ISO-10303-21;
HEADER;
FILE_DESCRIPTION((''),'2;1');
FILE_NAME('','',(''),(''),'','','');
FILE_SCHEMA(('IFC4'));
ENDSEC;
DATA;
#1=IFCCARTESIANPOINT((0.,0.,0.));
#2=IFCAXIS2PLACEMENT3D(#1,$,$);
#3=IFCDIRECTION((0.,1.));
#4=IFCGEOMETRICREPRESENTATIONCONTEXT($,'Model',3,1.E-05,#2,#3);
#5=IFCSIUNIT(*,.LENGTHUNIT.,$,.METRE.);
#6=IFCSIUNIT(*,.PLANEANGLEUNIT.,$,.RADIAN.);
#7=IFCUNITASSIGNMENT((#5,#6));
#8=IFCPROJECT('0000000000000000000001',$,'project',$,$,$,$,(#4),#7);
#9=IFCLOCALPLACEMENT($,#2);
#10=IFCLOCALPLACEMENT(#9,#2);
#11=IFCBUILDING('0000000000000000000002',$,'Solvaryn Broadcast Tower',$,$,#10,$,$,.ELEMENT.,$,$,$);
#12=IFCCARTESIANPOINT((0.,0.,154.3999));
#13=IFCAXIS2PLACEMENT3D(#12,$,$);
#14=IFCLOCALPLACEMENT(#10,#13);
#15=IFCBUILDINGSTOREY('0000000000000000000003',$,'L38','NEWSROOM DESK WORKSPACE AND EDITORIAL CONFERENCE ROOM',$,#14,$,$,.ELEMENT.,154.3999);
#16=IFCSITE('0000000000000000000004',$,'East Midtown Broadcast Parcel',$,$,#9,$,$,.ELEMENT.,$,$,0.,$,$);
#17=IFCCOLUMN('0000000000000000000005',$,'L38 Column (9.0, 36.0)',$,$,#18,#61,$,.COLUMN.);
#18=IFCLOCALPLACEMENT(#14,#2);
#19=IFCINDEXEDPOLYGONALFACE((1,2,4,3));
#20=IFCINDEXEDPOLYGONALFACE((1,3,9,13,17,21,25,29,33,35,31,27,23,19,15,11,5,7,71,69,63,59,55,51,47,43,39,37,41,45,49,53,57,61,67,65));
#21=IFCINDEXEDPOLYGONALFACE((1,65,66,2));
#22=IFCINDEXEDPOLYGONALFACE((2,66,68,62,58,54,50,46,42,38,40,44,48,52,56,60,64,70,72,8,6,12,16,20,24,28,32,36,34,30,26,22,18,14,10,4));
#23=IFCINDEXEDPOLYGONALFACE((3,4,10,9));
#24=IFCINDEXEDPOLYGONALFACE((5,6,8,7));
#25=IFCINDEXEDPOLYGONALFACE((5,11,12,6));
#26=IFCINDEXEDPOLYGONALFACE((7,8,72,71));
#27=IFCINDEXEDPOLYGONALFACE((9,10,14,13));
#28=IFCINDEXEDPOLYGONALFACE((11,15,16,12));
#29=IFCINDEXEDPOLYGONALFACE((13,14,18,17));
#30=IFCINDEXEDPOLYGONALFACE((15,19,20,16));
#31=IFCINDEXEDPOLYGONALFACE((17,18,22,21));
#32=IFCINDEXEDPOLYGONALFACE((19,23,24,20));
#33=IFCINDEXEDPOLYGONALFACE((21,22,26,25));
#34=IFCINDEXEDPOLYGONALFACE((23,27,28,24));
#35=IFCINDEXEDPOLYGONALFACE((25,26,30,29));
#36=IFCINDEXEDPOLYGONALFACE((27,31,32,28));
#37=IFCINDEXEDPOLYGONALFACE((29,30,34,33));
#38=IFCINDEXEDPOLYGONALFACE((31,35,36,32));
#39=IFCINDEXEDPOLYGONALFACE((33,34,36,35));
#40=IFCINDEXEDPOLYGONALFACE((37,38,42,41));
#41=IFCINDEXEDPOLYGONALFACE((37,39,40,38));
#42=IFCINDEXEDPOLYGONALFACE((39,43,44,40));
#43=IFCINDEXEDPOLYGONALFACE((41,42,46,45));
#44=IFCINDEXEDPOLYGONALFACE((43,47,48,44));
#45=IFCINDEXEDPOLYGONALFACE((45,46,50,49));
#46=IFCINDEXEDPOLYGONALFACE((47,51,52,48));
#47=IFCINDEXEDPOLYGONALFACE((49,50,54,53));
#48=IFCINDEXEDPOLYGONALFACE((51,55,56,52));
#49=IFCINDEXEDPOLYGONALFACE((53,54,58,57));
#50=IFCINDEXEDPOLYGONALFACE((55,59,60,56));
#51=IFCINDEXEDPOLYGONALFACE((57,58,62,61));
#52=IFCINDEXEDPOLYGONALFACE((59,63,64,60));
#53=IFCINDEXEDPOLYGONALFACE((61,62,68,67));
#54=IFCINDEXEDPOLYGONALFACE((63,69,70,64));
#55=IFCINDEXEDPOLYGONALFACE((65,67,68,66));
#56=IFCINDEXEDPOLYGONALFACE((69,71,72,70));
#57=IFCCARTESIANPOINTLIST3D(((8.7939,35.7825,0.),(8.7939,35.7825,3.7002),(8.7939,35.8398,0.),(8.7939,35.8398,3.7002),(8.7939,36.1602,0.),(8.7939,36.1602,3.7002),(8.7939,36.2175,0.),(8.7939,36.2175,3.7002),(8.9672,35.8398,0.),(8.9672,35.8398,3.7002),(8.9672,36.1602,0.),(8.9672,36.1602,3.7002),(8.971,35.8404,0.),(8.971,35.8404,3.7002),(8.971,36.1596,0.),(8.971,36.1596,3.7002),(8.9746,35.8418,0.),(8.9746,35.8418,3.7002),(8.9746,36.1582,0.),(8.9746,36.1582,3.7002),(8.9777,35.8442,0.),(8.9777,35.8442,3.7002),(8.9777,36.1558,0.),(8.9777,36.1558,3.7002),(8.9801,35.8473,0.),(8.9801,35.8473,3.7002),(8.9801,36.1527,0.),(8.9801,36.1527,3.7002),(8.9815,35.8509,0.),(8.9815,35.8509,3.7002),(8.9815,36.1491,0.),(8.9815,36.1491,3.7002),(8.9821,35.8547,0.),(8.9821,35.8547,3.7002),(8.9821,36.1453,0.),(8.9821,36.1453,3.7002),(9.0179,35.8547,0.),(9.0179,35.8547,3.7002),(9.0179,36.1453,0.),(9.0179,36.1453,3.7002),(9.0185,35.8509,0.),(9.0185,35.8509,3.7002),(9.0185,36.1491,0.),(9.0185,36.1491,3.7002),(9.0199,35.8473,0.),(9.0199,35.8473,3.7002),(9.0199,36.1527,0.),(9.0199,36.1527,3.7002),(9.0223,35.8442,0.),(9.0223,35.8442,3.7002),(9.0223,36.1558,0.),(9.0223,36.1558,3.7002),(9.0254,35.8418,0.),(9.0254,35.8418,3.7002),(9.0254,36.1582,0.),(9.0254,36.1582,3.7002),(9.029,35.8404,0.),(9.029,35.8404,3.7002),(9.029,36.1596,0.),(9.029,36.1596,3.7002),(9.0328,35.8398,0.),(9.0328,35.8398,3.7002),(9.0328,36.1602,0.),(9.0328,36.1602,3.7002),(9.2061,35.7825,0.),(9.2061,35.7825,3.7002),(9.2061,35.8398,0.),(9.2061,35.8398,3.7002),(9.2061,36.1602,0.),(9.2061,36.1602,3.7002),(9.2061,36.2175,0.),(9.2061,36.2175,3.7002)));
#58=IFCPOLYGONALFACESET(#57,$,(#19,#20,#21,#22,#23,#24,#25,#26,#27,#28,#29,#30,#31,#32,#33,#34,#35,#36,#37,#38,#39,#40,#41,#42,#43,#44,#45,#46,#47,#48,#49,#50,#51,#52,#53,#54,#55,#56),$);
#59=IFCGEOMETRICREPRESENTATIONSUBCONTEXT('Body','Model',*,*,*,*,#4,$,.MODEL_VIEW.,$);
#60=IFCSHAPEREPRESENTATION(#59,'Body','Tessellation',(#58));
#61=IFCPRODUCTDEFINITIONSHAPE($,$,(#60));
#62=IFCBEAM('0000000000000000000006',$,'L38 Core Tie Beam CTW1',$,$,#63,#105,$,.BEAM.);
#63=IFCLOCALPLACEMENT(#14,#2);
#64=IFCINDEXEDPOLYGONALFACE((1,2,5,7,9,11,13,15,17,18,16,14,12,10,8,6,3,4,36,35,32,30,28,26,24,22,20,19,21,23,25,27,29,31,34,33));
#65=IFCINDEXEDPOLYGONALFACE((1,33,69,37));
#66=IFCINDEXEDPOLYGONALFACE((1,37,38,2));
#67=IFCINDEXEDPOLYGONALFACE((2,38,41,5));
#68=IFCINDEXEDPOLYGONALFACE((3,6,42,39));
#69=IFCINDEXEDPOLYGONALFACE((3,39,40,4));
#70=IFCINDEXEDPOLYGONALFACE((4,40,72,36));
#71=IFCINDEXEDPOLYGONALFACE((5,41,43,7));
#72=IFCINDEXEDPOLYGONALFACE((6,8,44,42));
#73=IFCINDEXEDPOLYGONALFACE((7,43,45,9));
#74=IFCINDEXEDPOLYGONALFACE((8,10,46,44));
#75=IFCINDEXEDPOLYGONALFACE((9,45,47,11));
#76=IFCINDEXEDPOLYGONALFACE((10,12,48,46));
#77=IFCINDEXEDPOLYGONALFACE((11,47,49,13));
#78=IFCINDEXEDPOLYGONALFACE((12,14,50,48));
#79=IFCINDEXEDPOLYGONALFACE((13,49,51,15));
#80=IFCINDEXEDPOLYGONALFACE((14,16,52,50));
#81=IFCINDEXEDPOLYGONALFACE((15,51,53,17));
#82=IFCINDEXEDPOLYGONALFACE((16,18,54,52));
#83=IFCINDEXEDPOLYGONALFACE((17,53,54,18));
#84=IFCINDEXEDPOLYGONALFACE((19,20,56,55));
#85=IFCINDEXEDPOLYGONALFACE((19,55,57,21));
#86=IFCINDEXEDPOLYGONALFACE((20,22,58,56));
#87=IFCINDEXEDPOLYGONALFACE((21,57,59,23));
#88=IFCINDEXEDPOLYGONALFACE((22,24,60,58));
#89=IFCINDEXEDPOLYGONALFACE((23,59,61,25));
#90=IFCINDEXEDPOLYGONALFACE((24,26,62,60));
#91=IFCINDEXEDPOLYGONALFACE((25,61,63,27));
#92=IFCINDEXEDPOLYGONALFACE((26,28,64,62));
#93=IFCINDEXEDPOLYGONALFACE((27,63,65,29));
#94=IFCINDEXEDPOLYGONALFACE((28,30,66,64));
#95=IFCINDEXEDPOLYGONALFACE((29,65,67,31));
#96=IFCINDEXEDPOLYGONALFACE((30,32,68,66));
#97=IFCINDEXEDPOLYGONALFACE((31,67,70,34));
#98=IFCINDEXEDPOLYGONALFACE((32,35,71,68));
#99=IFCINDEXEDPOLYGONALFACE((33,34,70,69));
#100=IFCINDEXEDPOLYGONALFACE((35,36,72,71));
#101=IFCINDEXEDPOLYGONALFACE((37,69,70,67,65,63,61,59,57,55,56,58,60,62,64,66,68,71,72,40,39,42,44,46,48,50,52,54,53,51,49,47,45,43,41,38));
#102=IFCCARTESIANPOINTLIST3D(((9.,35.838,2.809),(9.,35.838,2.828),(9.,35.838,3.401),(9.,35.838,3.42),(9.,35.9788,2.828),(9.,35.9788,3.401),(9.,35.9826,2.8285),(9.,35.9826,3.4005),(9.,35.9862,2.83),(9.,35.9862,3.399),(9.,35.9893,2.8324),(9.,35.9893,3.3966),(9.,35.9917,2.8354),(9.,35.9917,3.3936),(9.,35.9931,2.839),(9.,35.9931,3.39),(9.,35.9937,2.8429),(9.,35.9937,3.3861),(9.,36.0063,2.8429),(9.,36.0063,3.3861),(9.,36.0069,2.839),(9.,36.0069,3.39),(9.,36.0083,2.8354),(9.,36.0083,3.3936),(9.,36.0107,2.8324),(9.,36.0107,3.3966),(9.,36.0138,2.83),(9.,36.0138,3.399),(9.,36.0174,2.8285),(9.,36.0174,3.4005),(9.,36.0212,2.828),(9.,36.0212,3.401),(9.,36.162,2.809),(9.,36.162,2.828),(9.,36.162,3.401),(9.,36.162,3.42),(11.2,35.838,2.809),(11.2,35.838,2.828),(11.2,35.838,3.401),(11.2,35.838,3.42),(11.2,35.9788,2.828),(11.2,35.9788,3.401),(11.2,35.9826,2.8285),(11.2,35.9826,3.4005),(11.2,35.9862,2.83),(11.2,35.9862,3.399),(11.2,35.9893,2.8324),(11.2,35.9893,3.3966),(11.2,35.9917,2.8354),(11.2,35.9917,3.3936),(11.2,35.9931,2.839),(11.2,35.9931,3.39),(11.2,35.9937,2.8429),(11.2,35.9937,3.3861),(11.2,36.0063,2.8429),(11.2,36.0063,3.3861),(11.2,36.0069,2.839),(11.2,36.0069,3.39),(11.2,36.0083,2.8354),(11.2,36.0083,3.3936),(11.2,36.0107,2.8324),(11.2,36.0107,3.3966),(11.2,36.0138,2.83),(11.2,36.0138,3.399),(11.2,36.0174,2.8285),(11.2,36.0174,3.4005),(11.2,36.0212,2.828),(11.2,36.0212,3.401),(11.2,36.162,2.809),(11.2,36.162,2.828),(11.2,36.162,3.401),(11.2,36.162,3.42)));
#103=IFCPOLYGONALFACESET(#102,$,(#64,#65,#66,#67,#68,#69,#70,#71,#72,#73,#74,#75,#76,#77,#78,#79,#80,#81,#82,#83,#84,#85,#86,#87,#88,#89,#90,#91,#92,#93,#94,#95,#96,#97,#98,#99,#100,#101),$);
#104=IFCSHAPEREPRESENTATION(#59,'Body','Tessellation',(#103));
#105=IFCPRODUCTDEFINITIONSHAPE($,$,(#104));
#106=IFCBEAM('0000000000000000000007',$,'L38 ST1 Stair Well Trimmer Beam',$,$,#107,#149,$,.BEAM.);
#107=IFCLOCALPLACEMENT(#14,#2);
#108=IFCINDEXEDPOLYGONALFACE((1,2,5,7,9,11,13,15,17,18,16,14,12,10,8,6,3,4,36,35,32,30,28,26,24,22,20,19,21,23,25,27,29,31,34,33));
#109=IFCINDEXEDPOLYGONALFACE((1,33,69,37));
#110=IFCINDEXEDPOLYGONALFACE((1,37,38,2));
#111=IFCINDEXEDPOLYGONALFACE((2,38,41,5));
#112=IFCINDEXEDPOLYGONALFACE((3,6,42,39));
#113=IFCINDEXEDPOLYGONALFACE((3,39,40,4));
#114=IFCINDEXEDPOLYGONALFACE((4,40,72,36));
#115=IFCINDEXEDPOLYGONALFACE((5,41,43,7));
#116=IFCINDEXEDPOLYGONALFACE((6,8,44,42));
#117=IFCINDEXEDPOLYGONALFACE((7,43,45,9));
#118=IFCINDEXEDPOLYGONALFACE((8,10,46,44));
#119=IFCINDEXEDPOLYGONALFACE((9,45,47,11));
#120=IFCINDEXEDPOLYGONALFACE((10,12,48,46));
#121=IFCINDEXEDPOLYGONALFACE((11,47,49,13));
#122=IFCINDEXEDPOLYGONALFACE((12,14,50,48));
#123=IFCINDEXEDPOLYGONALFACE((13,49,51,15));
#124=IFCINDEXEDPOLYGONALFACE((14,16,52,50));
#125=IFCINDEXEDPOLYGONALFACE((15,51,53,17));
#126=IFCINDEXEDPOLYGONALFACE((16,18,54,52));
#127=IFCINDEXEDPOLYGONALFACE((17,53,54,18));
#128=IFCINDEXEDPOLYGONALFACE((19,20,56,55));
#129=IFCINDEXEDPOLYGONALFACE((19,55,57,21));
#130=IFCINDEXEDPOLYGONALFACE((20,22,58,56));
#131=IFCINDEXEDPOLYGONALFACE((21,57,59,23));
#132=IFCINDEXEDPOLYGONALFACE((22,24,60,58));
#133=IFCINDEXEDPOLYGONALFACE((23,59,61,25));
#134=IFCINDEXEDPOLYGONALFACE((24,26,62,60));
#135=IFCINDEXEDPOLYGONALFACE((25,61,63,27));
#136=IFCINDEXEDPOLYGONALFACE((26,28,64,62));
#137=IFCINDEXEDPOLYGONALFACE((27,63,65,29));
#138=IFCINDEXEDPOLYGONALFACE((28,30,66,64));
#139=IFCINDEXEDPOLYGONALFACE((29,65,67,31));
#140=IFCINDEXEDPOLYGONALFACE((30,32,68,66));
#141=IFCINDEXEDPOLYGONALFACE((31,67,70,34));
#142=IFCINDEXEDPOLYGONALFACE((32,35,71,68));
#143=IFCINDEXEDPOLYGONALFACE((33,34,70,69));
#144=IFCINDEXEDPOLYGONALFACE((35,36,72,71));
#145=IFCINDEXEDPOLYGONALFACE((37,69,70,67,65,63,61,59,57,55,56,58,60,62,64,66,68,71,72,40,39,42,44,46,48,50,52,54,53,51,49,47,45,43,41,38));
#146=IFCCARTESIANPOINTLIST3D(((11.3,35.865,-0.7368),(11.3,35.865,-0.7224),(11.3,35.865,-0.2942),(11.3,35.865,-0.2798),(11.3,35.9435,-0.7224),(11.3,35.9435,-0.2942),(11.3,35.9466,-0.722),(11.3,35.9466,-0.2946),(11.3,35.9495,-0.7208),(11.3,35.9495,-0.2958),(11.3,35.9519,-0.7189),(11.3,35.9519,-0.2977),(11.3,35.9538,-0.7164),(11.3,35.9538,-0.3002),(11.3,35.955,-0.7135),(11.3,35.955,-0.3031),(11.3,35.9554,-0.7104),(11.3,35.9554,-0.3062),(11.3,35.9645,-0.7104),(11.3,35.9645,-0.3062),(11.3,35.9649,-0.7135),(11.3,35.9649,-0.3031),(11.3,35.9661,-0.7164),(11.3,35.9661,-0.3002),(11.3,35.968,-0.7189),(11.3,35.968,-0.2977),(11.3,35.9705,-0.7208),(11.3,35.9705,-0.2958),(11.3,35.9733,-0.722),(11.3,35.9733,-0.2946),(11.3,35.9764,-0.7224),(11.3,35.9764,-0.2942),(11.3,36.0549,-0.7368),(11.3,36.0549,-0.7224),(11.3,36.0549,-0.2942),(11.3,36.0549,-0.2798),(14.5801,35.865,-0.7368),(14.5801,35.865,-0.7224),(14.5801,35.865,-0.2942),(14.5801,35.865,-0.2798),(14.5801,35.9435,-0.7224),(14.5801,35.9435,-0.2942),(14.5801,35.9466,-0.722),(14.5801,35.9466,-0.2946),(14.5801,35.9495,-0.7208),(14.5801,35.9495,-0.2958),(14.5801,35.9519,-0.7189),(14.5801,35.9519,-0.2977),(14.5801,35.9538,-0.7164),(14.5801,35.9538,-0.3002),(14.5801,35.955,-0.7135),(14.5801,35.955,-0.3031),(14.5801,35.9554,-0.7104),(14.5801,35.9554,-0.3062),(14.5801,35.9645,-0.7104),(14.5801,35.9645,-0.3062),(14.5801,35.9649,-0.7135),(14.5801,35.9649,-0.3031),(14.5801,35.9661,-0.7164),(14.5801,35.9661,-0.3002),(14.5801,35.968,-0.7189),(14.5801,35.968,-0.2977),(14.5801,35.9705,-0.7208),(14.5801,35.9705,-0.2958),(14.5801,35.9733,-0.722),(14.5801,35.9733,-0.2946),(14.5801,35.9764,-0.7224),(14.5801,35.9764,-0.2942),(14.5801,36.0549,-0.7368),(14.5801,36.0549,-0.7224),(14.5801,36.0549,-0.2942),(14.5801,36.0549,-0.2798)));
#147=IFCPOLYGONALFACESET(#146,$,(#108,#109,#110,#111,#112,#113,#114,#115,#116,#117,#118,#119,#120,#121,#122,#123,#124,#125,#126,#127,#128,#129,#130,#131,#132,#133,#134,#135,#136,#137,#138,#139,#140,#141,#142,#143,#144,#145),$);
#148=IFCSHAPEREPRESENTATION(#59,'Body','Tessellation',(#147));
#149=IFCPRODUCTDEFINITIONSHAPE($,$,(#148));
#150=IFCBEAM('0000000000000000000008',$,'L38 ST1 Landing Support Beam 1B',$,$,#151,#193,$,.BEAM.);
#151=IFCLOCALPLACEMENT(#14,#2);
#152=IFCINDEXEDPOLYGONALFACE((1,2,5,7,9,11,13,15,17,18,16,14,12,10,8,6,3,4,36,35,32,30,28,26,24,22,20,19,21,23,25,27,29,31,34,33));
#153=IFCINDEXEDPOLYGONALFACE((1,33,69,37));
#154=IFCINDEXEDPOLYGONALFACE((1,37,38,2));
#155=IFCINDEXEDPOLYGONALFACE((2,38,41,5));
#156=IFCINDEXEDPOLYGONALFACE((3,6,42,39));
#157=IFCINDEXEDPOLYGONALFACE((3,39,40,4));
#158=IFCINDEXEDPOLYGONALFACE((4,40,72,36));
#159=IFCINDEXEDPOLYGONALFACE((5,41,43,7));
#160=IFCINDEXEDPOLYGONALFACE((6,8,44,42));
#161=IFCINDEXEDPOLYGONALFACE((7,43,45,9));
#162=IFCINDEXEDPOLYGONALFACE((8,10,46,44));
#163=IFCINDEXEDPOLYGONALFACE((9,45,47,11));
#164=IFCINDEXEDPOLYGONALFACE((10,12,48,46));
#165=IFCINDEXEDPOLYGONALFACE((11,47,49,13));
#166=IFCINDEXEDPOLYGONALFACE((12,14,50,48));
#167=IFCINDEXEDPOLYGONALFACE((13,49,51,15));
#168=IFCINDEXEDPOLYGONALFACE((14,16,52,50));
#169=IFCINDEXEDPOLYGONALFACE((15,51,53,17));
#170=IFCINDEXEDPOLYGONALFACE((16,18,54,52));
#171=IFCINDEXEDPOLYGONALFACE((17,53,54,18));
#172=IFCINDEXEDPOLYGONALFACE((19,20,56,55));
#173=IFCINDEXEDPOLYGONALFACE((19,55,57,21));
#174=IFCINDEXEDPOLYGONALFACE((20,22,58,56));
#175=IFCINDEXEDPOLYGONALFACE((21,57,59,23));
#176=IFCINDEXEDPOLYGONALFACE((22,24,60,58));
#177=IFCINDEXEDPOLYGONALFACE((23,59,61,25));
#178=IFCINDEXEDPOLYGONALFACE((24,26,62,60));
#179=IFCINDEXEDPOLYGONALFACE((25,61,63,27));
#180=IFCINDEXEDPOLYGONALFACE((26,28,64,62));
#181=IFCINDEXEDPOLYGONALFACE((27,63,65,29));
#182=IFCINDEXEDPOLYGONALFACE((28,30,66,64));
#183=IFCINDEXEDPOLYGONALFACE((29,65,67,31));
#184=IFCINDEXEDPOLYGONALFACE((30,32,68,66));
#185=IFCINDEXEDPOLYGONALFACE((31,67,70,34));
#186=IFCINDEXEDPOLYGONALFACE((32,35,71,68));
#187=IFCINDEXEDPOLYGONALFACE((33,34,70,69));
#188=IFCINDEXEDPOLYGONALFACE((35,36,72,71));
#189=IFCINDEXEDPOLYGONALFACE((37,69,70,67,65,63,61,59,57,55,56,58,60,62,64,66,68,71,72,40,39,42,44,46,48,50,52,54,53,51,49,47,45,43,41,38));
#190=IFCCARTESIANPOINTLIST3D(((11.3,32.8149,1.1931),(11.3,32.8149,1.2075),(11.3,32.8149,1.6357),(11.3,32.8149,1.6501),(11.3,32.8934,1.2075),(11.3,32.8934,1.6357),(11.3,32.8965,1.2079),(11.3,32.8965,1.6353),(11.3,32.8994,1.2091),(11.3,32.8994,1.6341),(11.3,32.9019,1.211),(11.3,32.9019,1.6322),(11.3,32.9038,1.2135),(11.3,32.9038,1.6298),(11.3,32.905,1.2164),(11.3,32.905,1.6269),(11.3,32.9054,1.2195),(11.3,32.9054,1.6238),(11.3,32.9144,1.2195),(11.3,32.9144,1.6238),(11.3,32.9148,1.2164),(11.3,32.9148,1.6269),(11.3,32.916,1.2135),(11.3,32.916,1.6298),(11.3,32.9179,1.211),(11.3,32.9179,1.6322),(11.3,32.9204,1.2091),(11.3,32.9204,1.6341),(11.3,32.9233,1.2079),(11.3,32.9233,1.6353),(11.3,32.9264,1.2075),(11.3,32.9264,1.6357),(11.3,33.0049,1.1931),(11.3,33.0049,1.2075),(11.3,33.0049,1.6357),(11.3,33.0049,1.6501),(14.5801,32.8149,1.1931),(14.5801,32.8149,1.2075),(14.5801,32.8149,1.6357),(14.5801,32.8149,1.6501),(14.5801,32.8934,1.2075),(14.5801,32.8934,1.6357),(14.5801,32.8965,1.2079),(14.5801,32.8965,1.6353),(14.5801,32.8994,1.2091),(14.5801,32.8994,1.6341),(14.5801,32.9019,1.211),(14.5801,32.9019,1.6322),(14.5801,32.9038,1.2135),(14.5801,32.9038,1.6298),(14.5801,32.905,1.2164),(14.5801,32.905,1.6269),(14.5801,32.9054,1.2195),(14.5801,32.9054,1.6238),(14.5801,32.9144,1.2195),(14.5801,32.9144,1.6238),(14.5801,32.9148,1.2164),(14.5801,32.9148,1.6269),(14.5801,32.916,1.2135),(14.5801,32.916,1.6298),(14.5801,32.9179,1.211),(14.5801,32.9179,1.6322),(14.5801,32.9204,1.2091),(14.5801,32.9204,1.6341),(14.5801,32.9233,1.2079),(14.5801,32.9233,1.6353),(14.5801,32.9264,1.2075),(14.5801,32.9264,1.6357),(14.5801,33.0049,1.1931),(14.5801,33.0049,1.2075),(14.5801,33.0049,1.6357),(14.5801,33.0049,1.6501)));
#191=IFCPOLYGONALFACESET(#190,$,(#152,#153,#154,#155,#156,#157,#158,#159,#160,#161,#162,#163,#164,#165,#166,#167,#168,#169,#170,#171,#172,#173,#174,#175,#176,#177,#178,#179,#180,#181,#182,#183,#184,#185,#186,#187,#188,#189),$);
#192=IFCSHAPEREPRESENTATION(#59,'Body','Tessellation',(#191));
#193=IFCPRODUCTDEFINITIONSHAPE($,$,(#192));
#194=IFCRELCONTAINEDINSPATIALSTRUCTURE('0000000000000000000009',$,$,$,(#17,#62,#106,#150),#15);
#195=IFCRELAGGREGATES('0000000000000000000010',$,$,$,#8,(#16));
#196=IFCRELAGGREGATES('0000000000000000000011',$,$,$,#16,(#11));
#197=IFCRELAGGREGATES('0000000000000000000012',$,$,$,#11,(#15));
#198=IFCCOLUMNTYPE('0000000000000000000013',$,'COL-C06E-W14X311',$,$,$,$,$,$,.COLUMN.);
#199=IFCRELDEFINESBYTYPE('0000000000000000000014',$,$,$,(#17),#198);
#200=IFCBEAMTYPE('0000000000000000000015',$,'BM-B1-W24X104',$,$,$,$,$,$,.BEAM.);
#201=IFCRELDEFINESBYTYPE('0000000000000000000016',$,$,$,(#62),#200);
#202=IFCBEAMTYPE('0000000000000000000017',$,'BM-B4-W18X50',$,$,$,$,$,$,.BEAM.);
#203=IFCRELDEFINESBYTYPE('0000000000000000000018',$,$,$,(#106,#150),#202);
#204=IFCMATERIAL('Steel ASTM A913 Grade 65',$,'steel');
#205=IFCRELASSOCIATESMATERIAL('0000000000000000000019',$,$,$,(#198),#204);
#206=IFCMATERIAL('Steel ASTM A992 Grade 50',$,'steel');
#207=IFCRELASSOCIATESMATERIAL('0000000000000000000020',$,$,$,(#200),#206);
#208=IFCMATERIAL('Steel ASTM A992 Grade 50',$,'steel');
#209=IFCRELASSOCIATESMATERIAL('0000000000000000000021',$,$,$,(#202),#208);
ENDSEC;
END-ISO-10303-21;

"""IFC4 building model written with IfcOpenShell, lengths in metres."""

from ifc_helpers import new_model, si_unit, direction, frame, origin, origin_2d, place, context, subcontext, project, spatial, i_section, extrude, material, material_profile, profile_set, type_object, element, save


model = new_model("IFC4")

# Units and contexts
model_context = context("Model", 3, precision=1e-05, world=origin(), true_north=direction((0.0, 1.0)))
body_context = subcontext(model_context, "Body", "Model", "MODEL_VIEW")
ifc_project = project(units=[si_unit("LENGTHUNIT", "METRE"), si_unit("PLANEANGLEUNIT", "RADIAN")], contexts=[model_context])

# Site, building, storey
site_placement = place(None, origin())
site = spatial("IfcSite", under=ifc_project, at=site_placement, Name="East Midtown Broadcast Parcel", CompositionType="ELEMENT", RefElevation=0.0)
building_placement = place(site_placement, origin())
building = spatial("IfcBuilding", under=site, at=building_placement, Name="Solvaryn Broadcast Tower", CompositionType="ELEMENT")
storey_placement = place(building_placement, frame((0.0, 0.0, 154.3999)))
storey = spatial("IfcBuildingStorey", under=building, at=storey_placement, Name="L38", Description="NEWSROOM DESK WORKSPACE AND EDITORIAL CONFERENCE ROOM", CompositionType="ELEMENT", Elevation=154.3999)

# Column
ifc_material_1 = material(Name="Steel ASTM A913 Grade 65", Category="steel")
ifc_material_profile_1 = material_profile(ifc_material_1, i_section(OverallWidth=0.4121, OverallDepth=0.4351, WebThickness=0.0359, FlangeThickness=0.0574, FilletRadius=0.0149, at=origin_2d()))
ifc_profile_set_1 = profile_set([ifc_material_profile_1], Name="Steel ASTM A913 Grade 65")
column_type = type_object("IfcColumnType", Name="COL-C06E-W14X311", PredefinedType="COLUMN", material=ifc_profile_set_1)
column_placement = place(storey_placement, frame((9.0, 36.0, 0.0), z_axis=(0.0, 0.0, 1.0), x_axis=(1.0, 0.0, 0.0)))
element("IfcColumn", 1, at=column_placement, inside=storey, type_object=column_type, Name="L38 Column (9.0, 36.0)", PredefinedType="COLUMN", context=body_context, shape_type="SweptSolid", body=[
    extrude(i_section(OverallWidth=0.4121, OverallDepth=0.4351, WebThickness=0.0359, FlangeThickness=0.0574, FilletRadius=0.0149, at=origin_2d()), origin(), (0.0, 0.0, 1.0), 3.7002),
])

# Beams
ifc_material_2 = material(Name="Steel ASTM A992 Grade 50", Category="steel")
ifc_material_profile_2 = material_profile(ifc_material_2, i_section(OverallWidth=0.324, OverallDepth=0.6111, WebThickness=0.0127, FlangeThickness=0.019, FilletRadius=0.0149, at=origin_2d()))
ifc_profile_set_2 = profile_set([ifc_material_profile_2], Name="Steel ASTM A992 Grade 50")
beam_type_1 = type_object("IfcBeamType", Name="BM-B1-W24X104", PredefinedType="BEAM", material=ifc_profile_set_2)
beam_1_placement = place(storey_placement, frame((9.0, 36.0, 3.1145), z_axis=(1.0, 0.0, 0.0), x_axis=(0.0, 1.0, 0.0)))
element("IfcBeam", 2, at=beam_1_placement, inside=storey, type_object=beam_type_1, Name="L38 Core Tie Beam CTW1", PredefinedType="BEAM", context=body_context, shape_type="SweptSolid", body=[
    extrude(i_section(OverallWidth=0.324, OverallDepth=0.6111, WebThickness=0.0127, FlangeThickness=0.019, FilletRadius=0.0149, at=origin_2d()), origin(), (0.0, 0.0, 1.0), 2.2),
])
ifc_material_3 = material(Name="Steel ASTM A992 Grade 50", Category="steel")
ifc_material_profile_3 = material_profile(ifc_material_3, i_section(OverallWidth=0.1899, OverallDepth=0.457, WebThickness=0.009, FlangeThickness=0.0144, FilletRadius=0.012, at=origin_2d()))
ifc_profile_set_3 = profile_set([ifc_material_profile_3], Name="Steel ASTM A992 Grade 50")
beam_type_2 = type_object("IfcBeamType", Name="BM-B4-W18X50", PredefinedType="BEAM", material=ifc_profile_set_3)
for number, where, z_axis, x_axis, name in (
    (3, (11.3, 35.96, -0.5083), (1.0, 0.0, 0.0), (0.0, 1.0, 0.0), "L38 ST1 Stair Well Trimmer Beam"),
    (4, (11.3, 32.9099, 1.4216), (1.0, 0.0, 0.0), (0.0, 1.0, 0.0), "L38 ST1 Landing Support Beam 1B"),
):
    element("IfcBeam", number, at=place(storey_placement, frame(where, z_axis=z_axis, x_axis=x_axis)), inside=storey, type_object=beam_type_2, Name=name, PredefinedType="BEAM", context=body_context, shape_type="SweptSolid", body=[
        extrude(i_section(OverallWidth=0.1899, OverallDepth=0.457, WebThickness=0.009, FlangeThickness=0.0144, FilletRadius=0.012, at=origin_2d()), origin(), (0.0, 0.0, 1.0), 3.28),
    ])

save(model, "model.ifc")
